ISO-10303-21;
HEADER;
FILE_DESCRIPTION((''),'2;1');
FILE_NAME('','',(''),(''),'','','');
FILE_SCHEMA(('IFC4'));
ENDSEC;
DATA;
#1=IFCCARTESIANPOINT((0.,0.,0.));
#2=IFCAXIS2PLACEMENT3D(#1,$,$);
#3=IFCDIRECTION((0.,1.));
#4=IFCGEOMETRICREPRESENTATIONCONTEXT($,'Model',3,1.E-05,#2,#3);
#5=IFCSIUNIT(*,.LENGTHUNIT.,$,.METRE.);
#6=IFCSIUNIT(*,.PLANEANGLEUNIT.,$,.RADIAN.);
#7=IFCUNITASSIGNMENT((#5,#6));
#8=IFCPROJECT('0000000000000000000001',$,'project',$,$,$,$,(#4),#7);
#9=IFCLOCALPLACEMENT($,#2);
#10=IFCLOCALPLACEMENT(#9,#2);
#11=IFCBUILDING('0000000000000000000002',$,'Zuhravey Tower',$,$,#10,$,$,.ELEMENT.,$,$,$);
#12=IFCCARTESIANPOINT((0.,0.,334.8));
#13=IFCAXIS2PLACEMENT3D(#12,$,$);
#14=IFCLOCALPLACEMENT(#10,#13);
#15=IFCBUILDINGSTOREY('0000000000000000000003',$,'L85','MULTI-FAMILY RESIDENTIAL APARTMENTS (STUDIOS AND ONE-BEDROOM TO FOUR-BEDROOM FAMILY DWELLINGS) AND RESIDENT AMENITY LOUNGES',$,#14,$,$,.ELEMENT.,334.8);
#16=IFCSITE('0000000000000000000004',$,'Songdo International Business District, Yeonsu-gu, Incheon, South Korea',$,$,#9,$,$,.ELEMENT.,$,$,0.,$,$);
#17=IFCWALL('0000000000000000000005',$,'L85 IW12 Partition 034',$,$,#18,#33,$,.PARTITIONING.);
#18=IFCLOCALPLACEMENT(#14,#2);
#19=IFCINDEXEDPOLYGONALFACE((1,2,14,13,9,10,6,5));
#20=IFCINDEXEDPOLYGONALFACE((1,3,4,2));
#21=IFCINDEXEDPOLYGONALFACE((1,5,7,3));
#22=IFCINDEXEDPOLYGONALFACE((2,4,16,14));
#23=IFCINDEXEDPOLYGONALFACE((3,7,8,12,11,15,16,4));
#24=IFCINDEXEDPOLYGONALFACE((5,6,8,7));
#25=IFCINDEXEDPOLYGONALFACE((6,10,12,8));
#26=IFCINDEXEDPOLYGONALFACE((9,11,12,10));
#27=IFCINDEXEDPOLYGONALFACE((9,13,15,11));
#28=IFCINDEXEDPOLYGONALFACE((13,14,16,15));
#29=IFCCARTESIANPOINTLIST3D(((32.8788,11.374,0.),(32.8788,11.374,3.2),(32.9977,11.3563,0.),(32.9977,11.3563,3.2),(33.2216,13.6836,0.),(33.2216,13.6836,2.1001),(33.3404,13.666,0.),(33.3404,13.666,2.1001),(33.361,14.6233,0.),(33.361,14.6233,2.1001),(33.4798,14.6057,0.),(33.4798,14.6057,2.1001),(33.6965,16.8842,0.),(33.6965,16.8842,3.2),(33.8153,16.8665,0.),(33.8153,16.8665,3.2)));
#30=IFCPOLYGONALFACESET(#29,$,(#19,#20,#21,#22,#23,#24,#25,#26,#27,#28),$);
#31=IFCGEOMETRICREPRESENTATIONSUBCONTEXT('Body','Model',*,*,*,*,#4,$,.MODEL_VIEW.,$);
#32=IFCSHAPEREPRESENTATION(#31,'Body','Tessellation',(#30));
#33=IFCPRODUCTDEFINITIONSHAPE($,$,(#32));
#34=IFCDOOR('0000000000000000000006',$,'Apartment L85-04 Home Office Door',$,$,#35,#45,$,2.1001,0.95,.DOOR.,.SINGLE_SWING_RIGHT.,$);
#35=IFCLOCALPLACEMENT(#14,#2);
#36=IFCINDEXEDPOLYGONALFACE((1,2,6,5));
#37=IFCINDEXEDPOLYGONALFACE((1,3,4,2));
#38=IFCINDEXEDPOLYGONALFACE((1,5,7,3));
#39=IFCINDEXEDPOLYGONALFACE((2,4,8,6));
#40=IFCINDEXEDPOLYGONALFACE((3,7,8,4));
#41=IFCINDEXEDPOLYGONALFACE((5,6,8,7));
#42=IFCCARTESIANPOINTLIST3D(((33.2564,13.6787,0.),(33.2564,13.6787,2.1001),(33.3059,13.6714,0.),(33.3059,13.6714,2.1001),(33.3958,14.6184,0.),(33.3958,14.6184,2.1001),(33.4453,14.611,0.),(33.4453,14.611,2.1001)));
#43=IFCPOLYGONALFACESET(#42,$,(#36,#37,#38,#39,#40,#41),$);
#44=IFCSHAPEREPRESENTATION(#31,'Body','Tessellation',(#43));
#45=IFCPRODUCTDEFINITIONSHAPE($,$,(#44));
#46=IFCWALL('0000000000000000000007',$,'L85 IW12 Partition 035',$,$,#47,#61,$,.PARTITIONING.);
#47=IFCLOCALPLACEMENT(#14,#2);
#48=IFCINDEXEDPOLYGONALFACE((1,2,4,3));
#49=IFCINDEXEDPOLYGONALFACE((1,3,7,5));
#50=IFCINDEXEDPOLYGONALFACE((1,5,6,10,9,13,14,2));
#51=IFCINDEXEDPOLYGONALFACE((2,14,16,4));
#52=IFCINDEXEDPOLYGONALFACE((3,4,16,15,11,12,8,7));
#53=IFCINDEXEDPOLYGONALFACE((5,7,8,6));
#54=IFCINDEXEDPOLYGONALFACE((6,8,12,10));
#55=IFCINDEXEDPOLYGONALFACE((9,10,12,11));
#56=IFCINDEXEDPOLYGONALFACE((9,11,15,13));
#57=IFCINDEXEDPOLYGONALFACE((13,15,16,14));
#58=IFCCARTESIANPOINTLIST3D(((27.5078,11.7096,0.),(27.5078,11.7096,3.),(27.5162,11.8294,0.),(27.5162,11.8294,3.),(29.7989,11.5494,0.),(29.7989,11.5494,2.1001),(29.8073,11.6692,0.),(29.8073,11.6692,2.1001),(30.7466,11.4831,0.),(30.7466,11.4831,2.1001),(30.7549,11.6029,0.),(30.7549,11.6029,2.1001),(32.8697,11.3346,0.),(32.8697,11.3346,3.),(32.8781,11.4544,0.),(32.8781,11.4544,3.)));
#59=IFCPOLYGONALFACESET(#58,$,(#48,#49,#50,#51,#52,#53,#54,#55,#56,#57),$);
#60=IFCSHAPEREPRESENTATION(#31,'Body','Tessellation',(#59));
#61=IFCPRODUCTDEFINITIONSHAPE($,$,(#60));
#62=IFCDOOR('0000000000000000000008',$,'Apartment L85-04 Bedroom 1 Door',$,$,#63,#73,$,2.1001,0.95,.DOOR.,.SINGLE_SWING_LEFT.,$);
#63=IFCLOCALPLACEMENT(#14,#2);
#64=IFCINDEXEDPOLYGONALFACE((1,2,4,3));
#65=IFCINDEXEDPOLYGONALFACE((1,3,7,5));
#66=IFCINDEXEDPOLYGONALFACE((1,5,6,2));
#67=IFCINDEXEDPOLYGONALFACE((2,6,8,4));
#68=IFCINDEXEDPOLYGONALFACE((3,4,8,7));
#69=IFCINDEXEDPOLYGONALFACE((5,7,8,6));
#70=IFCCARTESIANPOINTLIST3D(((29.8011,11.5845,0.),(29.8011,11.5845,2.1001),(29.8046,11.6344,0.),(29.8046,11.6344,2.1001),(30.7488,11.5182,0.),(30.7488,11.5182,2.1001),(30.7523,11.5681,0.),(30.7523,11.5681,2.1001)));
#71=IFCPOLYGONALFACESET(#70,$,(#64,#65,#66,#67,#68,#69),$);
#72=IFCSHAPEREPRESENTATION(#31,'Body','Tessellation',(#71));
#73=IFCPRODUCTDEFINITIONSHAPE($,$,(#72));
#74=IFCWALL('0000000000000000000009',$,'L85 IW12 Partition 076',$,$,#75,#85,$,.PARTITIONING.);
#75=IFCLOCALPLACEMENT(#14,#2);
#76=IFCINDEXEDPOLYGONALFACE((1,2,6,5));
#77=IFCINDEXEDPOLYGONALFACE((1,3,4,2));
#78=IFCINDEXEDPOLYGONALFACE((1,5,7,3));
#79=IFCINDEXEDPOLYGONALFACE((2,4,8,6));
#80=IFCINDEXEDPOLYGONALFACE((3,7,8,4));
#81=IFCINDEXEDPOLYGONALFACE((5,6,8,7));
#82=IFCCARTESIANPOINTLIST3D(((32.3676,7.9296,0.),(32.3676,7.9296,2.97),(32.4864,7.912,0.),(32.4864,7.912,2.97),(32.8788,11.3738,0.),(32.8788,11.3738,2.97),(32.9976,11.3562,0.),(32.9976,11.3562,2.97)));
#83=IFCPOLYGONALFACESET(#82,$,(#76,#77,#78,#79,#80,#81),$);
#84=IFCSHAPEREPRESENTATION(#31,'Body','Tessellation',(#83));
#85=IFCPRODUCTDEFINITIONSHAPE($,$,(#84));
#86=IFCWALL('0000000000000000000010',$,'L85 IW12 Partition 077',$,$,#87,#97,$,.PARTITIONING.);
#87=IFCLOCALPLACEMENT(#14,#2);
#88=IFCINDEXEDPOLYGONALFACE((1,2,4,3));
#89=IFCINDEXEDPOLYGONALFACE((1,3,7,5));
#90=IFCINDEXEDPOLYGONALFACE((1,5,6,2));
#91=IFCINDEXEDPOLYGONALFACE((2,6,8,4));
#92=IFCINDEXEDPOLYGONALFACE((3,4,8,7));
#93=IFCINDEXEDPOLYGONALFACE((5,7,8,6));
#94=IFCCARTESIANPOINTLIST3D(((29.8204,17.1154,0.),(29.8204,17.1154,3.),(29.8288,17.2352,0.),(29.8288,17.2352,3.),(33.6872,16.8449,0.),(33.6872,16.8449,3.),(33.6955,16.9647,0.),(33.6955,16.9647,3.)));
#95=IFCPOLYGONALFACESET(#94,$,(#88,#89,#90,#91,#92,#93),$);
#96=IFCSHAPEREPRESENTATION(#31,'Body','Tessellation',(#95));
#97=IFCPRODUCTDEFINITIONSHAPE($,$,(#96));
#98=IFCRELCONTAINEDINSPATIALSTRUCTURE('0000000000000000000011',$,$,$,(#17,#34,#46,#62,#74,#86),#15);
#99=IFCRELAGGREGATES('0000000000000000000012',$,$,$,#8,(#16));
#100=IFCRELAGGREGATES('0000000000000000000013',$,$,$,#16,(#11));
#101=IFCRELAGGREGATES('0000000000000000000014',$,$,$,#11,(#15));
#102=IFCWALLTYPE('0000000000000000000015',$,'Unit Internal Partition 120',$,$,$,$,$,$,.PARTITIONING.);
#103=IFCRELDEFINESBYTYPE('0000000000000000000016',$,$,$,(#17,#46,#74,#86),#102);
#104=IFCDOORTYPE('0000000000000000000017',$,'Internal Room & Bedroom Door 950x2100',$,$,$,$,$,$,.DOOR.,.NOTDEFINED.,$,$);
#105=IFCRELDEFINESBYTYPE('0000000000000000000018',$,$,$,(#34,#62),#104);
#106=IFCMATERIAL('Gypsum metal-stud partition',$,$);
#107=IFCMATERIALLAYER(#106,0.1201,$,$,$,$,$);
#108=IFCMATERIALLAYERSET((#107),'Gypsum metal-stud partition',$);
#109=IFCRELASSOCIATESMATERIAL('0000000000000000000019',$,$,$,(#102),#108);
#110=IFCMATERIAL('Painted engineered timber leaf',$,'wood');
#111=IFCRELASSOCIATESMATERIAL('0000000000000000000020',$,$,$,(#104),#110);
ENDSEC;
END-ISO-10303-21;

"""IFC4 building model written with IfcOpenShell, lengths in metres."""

from ifc_helpers import new_model, si_unit, direction, frame, frame_2d, origin, place, context, subcontext, project, spatial, rectangle, extrude, material, layer, layer_set, type_object, element, fill, save


model = new_model("IFC4")

# Units and contexts
model_context = context("Model", 3, precision=1e-05, world=origin(), true_north=direction((0.0, 1.0)))
body_context = subcontext(model_context, "Body", "Model", "MODEL_VIEW")
ifc_project = project(units=[si_unit("LENGTHUNIT", "METRE"), si_unit("PLANEANGLEUNIT", "RADIAN")], contexts=[model_context])

# Site, building, storey
site_placement = place(None, origin())
site = spatial("IfcSite", under=ifc_project, at=site_placement, Name="Songdo International Business District, Yeonsu-gu, Incheon, South Korea", CompositionType="ELEMENT", RefElevation=0.0)
building_placement = place(site_placement, origin())
building = spatial("IfcBuilding", under=site, at=building_placement, Name="Zuhravey Tower", CompositionType="ELEMENT")
storey_placement = place(building_placement, frame((0.0, 0.0, 334.8)))
storey = spatial("IfcBuildingStorey", under=building, at=storey_placement, Name="L85", Description="MULTI-FAMILY RESIDENTIAL APARTMENTS (STUDIOS AND ONE-BEDROOM TO FOUR-BEDROOM FAMILY DWELLINGS) AND RESIDENT AMENITY LOUNGES", CompositionType="ELEMENT", Elevation=334.8)

# Walls, openings, doors
ifc_material_1 = material(Name="Gypsum metal-stud partition")
ifc_layer_1 = layer(ifc_material_1, 0.1201)
ifc_layer_set_1 = layer_set([ifc_layer_1], Name="Gypsum metal-stud partition")
wall_type_1 = type_object("IfcWallType", Name="Unit Internal Partition 120", PredefinedType="PARTITIONING", material=ifc_layer_set_1)
wall_1_placement = place(storey_placement, frame((33.7559, 16.8752, 0.0), z_axis=(0.0, 0.0, 1.0), x_axis=(-0.146776, -0.98917, 0.0)))
wall_1 = element("IfcWall", 1, at=wall_1_placement, inside=storey, type_object=wall_type_1, Name="L85 IW12 Partition 034", PredefinedType="PARTITIONING", context=body_context, shape_type="SweptSolid", body=[
    extrude(rectangle(XDim=5.5706, YDim=0.1201, at=frame_2d((2.7852, 0.0))), origin(), (0.0, 0.0, 1.0), 3.2),
])
opening_1_placement = place(wall_1_placement, frame((2.2854, 0.0, 0.0)))
opening_1 = element("IfcOpeningElement", 2, at=opening_1_placement, cuts=wall_1, PredefinedType="OPENING", context=body_context, shape_type="SweptSolid", body=[
    extrude(rectangle(XDim=0.95, YDim=2.1001, at=frame_2d((0.4751, 1.05))), frame((0.0, 0.072, 0.0), z_axis=(0.0, -1.0, 0.0), x_axis=(1.0, 0.0, 0.0)), (0.0, 0.0, 1.0), 0.144),
])
ifc_material_2 = material(Name="Painted engineered timber leaf", Category="wood")
door_type_1 = type_object("IfcDoorType", Name="Internal Room & Bedroom Door 950x2100", OperationType="NOTDEFINED", PredefinedType="DOOR", material=ifc_material_2)
door_1_placement = place(opening_1_placement, frame((0.95, 0.0, 0.0), z_axis=(0.0, 0.0, 1.0), x_axis=(-1.0, 0.0, 0.0)))
door_1 = element("IfcDoor", 3, at=door_1_placement, inside=storey, type_object=door_type_1, Name="Apartment L85-04 Home Office Door", OperationType="SINGLE_SWING_RIGHT", OverallHeight=2.1001, OverallWidth=0.95, PredefinedType="DOOR", context=body_context, shape_type="SweptSolid", body=[
    extrude(rectangle(XDim=0.95, YDim=2.1001, at=frame_2d((0.4751, 1.05))), frame((0.0, 0.0249, 0.0), z_axis=(0.0, -1.0, 0.0), x_axis=(1.0, 0.0, 0.0)), (0.0, 0.0, 1.0), 0.05),
])
fill(opening_1, door_1)
wall_2_placement = place(storey_placement, frame((27.512, 11.7695, 0.0), z_axis=(0.0, 0.0, 1.0), x_axis=(0.997563, -0.069769, 0.0)))
wall_2 = element("IfcWall", 4, at=wall_2_placement, inside=storey, type_object=wall_type_1, Name="L85 IW12 Partition 035", PredefinedType="PARTITIONING", context=body_context, shape_type="SweptSolid", body=[
    extrude(rectangle(XDim=5.375, YDim=0.1201, at=frame_2d((2.6875, 0.0))), origin(), (0.0, 0.0, 1.0), 3.0),
])
opening_2_placement = place(wall_2_placement, frame((2.2966, 0.0, 0.0)))
opening_2 = element("IfcOpeningElement", 5, at=opening_2_placement, cuts=wall_2, PredefinedType="OPENING", context=body_context, shape_type="SweptSolid", body=[
    extrude(rectangle(XDim=0.95, YDim=2.1001, at=frame_2d((0.4751, 1.05))), frame((0.0, 0.072, 0.0), z_axis=(0.0, -1.0, 0.0), x_axis=(1.0, 0.0, 0.0)), (0.0, 0.0, 1.0), 0.144),
])
door_2_placement = place(opening_2_placement, frame((0.95, 0.0, 0.0), z_axis=(0.0, 0.0, 1.0), x_axis=(-1.0, 0.0, 0.0)))
door_2 = element("IfcDoor", 6, at=door_2_placement, inside=storey, type_object=door_type_1, Name="Apartment L85-04 Bedroom 1 Door", OperationType="SINGLE_SWING_LEFT", OverallHeight=2.1001, OverallWidth=0.95, PredefinedType="DOOR", context=body_context, shape_type="SweptSolid", body=[
    extrude(rectangle(XDim=0.95, YDim=2.1001, at=frame_2d((0.4751, 1.05))), frame((0.0, 0.0249, 0.0), z_axis=(0.0, -1.0, 0.0), x_axis=(1.0, 0.0, 0.0)), (0.0, 0.0, 1.0), 0.05),
])
fill(opening_2, door_2)

# Walls
wall_3_placement = place(storey_placement, frame((32.9382, 11.365, 0.0), z_axis=(0.0, 0.0, 1.0), x_axis=(-0.146828, -0.989162, 0.0)))
element("IfcWall", 7, at=wall_3_placement, inside=storey, type_object=wall_type_1, Name="L85 IW12 Partition 076", PredefinedType="PARTITIONING", context=body_context, shape_type="SweptSolid", body=[
    extrude(rectangle(XDim=3.4819, YDim=0.1201, at=frame_2d((1.741, 0.0))), origin(), (0.0, 0.0, 1.0), 2.97),
])
wall_4_placement = place(storey_placement, frame((29.8247, 17.1753, 0.0), z_axis=(0.0, 0.0, 1.0), x_axis=(0.997562, -0.069788, 0.0)))
element("IfcWall", 8, at=wall_4_placement, inside=storey, type_object=wall_type_1, Name="L85 IW12 Partition 077", PredefinedType="PARTITIONING", context=body_context, shape_type="SweptSolid", body=[
    extrude(rectangle(XDim=3.8762, YDim=0.1201, at=frame_2d((1.938, 0.0))), origin(), (0.0, 0.0, 1.0), 3.0),
])

save(model, "model.ifc")
